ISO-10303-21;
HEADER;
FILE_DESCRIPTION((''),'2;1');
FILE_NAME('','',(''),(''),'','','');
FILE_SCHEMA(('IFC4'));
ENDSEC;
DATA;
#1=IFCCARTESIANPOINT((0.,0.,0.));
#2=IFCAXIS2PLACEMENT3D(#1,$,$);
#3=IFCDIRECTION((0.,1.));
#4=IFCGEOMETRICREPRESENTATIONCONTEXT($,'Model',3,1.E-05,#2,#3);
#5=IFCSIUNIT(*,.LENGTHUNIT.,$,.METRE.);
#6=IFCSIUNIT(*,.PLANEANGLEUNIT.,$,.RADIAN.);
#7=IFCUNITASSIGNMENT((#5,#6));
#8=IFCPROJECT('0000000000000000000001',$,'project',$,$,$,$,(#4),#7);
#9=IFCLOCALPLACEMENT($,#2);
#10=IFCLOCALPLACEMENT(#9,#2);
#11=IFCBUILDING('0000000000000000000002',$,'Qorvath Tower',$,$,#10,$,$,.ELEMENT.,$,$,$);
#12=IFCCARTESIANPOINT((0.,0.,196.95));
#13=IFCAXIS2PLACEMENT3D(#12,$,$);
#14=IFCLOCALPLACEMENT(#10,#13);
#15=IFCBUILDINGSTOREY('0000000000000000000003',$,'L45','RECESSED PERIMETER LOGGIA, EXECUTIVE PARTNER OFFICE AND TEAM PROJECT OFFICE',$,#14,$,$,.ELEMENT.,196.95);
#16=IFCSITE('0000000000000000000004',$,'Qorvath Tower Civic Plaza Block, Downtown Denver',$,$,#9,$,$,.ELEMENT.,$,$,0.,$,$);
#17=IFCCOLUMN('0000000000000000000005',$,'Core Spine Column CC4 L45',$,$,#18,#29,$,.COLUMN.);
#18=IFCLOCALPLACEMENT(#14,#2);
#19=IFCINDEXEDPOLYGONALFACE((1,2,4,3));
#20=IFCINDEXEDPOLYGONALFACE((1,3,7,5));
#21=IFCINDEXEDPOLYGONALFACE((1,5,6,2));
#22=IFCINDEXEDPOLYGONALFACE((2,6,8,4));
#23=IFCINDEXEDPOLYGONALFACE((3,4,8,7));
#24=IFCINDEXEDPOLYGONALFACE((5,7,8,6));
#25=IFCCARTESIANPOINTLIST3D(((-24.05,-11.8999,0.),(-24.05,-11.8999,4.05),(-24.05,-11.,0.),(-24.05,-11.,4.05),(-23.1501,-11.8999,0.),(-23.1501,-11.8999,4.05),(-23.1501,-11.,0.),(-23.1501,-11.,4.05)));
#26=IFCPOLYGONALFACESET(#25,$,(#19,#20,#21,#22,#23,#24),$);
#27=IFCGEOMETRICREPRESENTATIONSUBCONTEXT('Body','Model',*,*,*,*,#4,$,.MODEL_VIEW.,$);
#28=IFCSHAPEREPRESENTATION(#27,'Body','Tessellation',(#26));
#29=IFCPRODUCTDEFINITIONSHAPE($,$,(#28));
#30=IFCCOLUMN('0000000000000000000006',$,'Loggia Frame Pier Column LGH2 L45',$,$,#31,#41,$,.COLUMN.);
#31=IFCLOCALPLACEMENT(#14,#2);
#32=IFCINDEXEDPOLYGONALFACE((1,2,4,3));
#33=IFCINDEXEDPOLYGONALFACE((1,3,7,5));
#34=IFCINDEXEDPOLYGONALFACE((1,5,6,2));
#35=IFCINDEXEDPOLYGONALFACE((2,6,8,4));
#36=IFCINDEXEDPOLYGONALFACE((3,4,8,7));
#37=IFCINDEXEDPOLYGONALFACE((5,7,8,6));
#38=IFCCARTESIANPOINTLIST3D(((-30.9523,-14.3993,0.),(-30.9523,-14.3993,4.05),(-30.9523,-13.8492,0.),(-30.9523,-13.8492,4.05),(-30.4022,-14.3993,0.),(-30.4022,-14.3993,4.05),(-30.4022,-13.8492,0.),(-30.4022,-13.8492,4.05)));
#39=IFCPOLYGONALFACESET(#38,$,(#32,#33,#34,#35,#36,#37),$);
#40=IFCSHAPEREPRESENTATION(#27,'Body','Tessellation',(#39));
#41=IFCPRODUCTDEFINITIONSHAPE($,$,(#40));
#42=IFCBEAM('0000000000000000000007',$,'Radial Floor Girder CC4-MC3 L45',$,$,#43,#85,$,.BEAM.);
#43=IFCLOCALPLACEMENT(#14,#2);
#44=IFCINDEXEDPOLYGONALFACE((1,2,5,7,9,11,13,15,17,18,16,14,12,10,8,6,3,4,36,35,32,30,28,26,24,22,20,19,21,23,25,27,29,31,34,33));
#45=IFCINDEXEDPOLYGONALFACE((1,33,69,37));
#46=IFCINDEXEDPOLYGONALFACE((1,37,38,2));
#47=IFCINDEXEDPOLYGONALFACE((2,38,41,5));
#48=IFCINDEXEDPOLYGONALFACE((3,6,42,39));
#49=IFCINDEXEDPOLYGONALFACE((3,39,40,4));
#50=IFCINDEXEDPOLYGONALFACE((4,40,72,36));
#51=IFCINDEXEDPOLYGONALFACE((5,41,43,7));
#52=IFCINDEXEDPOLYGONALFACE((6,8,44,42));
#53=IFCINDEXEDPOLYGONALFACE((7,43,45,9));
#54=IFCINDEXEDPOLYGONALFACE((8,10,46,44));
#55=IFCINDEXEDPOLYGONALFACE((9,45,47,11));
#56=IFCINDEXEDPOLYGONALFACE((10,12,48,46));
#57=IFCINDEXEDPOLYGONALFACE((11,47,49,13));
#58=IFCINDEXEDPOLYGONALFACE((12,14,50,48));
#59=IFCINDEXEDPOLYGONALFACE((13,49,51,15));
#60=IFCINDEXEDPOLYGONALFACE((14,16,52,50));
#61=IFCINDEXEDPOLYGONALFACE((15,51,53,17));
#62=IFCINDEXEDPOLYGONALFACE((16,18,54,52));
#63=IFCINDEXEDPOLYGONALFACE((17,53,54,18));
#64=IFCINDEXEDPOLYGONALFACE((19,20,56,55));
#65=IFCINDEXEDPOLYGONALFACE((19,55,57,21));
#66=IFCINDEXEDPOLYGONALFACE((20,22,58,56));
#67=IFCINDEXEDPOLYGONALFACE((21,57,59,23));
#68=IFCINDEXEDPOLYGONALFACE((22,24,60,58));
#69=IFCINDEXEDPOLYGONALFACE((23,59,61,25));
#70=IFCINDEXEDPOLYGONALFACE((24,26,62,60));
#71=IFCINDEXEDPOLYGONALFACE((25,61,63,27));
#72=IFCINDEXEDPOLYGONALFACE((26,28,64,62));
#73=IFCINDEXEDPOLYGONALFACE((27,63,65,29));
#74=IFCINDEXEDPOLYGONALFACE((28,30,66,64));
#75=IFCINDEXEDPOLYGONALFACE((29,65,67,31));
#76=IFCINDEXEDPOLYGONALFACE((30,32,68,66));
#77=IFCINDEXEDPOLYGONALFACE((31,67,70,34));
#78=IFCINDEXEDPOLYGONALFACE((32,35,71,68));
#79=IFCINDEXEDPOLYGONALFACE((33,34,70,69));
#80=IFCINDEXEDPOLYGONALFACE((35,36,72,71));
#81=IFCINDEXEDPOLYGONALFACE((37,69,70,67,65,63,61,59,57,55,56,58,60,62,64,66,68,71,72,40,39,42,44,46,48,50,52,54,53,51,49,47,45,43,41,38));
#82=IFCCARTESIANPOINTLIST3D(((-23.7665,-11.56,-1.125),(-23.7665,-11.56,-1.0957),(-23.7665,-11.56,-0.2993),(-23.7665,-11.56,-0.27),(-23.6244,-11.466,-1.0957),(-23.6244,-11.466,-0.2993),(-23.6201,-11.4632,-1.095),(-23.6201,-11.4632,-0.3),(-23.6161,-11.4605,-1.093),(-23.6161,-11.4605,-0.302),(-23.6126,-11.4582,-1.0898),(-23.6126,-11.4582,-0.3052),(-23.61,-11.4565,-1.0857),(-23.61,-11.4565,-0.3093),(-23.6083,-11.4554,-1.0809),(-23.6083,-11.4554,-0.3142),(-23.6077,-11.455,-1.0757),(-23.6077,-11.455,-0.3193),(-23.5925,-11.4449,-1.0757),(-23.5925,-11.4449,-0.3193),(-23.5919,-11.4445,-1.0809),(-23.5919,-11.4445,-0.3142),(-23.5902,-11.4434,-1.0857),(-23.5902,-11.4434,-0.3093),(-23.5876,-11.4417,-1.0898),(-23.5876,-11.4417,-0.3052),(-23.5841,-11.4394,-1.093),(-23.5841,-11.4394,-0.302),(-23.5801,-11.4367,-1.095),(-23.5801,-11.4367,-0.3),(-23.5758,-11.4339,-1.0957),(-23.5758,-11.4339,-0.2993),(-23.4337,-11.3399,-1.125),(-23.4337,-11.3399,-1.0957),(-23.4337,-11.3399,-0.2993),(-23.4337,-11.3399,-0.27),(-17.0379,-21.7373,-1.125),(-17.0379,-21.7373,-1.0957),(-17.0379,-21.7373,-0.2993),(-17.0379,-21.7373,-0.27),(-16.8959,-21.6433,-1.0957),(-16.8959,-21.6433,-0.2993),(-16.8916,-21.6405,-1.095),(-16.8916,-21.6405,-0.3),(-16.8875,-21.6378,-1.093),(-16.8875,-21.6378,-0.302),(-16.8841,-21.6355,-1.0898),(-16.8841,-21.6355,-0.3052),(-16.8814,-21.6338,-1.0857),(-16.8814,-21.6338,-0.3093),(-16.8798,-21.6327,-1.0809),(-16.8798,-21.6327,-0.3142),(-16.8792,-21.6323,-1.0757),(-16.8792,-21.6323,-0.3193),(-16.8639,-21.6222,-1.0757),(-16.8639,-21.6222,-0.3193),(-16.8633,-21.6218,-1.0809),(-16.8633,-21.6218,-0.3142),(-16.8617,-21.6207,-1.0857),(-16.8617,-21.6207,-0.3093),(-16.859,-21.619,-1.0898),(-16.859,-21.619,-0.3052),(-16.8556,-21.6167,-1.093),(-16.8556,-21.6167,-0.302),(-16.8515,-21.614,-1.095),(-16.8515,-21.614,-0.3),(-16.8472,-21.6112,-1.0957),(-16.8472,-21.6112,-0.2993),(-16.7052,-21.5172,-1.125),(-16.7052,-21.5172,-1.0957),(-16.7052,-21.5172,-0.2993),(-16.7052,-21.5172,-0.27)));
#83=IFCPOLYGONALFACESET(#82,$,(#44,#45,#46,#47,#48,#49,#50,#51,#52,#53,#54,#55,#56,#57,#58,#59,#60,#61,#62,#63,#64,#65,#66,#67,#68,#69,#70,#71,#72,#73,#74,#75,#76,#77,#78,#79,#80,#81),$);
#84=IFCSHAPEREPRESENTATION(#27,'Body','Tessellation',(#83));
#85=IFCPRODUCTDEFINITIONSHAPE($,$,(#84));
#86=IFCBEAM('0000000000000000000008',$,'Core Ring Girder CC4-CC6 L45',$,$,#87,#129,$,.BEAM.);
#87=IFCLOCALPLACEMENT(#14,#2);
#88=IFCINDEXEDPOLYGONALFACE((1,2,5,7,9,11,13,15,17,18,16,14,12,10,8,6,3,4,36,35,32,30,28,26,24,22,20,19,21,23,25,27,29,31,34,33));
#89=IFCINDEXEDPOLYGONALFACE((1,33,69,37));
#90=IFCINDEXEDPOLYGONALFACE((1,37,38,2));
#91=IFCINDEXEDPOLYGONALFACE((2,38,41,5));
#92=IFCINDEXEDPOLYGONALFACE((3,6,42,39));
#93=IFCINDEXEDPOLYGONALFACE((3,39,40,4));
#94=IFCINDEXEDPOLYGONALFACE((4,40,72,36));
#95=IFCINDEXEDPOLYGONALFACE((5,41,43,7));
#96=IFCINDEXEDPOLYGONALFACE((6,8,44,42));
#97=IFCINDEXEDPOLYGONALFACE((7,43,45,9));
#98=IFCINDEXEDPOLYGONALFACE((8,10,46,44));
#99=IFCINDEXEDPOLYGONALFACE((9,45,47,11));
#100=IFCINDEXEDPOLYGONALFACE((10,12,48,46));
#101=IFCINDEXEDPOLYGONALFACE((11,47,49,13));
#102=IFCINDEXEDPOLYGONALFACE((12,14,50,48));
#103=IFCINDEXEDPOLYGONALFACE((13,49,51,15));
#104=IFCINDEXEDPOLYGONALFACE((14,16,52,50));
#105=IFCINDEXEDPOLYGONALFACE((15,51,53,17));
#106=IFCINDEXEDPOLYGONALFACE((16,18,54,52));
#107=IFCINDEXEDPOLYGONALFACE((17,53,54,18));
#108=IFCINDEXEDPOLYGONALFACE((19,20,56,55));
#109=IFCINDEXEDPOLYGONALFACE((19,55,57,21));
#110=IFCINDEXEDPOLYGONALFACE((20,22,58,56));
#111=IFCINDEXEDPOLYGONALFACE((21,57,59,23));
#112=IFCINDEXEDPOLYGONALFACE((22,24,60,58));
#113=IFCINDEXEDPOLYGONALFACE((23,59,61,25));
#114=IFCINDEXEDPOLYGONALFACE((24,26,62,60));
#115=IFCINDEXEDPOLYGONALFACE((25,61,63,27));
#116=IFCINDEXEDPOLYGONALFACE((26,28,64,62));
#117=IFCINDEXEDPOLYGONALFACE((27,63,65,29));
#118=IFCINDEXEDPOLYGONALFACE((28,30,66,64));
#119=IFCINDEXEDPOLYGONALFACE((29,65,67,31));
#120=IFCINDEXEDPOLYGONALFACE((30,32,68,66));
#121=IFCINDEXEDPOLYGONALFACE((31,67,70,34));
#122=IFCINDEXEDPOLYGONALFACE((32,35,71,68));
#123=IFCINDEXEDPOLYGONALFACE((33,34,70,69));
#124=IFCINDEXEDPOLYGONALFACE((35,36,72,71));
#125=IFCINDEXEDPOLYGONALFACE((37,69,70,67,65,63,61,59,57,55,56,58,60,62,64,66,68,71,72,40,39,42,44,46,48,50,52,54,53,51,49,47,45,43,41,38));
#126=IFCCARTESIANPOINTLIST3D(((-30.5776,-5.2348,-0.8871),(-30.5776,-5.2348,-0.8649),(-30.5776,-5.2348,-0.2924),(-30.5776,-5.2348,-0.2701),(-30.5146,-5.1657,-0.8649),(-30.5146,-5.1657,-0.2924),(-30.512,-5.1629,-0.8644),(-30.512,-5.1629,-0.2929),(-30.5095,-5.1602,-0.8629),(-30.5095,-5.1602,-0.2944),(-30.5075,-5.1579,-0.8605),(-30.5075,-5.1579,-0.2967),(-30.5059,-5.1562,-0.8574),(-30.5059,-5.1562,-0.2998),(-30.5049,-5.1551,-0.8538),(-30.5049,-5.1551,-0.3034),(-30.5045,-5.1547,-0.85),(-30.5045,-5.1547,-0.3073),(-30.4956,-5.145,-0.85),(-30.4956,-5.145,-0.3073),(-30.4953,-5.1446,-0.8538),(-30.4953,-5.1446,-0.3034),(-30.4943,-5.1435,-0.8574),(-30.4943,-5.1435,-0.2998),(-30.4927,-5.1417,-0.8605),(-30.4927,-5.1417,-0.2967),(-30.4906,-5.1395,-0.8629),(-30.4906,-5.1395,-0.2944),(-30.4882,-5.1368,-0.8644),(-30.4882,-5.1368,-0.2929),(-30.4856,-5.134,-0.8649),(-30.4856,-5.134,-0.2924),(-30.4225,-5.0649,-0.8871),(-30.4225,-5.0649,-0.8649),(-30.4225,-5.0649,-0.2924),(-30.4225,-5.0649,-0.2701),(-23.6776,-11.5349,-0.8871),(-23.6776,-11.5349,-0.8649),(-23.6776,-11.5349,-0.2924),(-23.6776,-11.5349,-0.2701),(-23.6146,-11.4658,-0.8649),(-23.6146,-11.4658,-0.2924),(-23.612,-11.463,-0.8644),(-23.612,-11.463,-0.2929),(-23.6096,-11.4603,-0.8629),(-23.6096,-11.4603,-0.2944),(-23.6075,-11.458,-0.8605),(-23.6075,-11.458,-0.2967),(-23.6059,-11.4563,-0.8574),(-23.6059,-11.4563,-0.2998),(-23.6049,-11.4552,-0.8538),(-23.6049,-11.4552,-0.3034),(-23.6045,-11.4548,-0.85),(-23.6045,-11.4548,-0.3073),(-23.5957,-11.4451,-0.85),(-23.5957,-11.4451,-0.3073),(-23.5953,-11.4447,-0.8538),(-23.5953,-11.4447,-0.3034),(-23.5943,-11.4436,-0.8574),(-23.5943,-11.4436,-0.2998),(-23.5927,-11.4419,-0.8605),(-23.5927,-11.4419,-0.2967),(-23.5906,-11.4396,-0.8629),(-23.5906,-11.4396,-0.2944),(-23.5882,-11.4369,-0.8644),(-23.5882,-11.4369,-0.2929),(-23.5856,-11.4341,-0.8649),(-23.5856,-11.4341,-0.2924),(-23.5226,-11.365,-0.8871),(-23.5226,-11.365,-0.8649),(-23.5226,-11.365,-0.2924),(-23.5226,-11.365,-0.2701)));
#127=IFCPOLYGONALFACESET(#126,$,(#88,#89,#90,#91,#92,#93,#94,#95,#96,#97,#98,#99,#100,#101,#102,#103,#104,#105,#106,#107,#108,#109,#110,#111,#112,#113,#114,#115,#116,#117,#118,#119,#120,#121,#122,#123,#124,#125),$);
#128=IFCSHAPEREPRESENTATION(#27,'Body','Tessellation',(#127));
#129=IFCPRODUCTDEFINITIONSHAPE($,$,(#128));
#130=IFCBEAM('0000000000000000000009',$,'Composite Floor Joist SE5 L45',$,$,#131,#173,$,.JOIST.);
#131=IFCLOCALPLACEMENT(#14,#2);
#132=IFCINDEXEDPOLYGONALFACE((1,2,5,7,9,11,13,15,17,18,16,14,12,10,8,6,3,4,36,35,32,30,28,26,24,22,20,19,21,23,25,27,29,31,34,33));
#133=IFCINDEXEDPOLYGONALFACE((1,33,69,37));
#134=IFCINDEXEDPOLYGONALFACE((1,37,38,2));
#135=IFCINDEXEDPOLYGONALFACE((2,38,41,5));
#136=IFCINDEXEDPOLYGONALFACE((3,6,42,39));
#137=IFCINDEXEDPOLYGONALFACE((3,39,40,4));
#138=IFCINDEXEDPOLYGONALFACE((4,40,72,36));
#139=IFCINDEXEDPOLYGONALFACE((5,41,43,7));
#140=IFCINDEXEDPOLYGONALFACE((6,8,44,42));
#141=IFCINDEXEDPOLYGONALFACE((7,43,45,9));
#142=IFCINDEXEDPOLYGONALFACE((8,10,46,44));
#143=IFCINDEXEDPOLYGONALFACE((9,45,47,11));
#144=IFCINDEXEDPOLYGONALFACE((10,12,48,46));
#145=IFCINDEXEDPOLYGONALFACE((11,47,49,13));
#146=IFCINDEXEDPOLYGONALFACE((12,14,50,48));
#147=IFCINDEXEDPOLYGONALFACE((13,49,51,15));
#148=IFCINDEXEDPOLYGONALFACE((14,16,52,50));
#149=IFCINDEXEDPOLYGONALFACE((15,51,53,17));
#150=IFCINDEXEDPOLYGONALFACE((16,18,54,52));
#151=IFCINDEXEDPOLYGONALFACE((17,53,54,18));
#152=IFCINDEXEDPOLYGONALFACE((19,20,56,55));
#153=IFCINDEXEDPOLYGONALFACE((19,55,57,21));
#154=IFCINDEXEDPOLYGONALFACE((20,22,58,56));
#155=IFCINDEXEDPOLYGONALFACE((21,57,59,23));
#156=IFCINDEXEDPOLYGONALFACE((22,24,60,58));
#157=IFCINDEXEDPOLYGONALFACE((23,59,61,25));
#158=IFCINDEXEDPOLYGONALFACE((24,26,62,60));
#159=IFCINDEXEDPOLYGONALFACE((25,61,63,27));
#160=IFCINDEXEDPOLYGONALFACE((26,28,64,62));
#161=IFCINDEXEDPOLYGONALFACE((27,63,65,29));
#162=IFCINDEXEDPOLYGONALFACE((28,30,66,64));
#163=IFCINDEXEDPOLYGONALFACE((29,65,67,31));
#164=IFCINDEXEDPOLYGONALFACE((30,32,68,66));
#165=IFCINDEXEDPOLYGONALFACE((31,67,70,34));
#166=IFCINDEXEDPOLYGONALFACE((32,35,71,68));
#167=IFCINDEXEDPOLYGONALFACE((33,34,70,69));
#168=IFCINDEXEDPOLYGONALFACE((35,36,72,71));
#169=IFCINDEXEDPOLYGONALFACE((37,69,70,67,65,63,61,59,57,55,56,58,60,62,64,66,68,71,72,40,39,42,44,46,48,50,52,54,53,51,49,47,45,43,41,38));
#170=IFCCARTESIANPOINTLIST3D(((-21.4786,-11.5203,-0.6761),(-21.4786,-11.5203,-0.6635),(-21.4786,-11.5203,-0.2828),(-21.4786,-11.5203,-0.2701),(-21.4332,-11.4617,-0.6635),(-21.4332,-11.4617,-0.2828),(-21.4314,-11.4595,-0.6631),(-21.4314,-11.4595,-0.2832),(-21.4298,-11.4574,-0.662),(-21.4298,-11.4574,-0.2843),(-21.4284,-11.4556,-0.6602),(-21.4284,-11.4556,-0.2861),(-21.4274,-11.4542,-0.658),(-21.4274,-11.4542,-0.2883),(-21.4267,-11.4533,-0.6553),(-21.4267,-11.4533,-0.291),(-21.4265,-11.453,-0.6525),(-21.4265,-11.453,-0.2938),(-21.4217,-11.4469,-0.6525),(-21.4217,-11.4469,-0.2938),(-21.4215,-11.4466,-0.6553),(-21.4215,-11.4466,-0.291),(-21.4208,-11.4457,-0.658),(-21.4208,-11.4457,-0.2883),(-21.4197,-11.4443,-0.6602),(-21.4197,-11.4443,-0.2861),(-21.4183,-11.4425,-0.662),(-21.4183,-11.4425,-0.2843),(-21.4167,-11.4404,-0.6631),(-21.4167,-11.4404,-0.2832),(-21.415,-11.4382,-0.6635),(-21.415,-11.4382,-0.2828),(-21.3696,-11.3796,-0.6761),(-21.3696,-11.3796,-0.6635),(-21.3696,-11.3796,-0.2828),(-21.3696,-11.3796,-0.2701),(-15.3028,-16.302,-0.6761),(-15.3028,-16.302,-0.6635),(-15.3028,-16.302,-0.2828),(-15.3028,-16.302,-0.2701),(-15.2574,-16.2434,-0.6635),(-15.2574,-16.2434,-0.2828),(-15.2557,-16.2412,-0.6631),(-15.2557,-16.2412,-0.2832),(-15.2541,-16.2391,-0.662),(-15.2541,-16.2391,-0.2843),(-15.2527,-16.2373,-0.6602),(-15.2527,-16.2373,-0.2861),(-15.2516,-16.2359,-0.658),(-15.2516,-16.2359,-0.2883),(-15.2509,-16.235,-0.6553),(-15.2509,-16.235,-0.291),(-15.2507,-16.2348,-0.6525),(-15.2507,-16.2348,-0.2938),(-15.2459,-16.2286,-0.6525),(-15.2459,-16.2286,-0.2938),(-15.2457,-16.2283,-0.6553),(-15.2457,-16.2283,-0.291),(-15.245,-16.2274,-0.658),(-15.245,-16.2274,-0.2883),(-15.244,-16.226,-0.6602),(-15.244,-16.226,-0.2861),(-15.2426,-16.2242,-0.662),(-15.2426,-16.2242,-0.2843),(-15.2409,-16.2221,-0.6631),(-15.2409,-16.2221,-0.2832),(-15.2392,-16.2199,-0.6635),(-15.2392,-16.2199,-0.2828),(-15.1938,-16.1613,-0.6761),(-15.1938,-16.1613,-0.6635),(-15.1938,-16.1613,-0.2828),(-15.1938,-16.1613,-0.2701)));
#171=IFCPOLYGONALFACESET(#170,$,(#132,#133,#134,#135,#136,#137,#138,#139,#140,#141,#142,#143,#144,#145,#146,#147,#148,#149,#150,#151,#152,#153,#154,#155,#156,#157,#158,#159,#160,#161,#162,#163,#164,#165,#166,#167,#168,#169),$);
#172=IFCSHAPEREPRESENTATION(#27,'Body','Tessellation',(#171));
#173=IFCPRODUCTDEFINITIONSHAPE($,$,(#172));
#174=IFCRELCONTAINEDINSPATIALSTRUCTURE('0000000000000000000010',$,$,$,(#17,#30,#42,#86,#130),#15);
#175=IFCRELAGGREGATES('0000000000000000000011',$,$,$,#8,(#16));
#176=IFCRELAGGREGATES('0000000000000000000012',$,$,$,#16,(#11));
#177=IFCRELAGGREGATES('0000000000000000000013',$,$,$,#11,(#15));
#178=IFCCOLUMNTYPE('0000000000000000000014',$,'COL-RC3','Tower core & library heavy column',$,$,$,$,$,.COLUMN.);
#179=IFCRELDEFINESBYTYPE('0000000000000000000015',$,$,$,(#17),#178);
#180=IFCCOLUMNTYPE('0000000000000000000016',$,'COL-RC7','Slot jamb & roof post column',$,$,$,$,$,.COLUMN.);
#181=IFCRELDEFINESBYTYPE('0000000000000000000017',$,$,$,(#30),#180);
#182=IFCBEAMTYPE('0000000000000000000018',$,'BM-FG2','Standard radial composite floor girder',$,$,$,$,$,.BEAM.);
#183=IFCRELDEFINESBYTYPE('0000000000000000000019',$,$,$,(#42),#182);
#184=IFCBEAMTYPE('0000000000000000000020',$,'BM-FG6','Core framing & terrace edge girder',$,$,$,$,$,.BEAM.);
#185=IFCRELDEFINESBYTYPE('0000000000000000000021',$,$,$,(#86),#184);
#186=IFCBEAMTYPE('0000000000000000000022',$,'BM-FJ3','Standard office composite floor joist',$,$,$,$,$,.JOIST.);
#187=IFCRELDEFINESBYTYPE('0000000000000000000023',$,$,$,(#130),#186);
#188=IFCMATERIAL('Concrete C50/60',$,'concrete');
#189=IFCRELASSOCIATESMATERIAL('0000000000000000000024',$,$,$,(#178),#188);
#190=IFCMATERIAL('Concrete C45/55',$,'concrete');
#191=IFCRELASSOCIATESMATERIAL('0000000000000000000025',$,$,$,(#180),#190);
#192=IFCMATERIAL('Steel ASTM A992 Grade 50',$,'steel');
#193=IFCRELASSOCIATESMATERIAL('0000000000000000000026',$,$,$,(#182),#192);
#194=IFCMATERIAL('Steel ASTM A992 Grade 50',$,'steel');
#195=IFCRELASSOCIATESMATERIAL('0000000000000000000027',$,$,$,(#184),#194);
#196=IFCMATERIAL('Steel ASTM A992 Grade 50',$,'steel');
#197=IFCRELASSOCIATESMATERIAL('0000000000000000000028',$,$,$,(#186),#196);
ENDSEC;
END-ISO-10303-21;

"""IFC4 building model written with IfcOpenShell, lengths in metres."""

from ifc_helpers import new_model, si_unit, direction, frame, origin, origin_2d, place, context, subcontext, project, spatial, rectangle, i_section, extrude, material, material_profile, profile_set, type_object, element, save


model = new_model("IFC4")

# Units and contexts
model_context = context("Model", 3, precision=1e-05, world=origin(), true_north=direction((0.0, 1.0)))
body_context = subcontext(model_context, "Body", "Model", "MODEL_VIEW")
ifc_project = project(units=[si_unit("LENGTHUNIT", "METRE"), si_unit("PLANEANGLEUNIT", "RADIAN")], contexts=[model_context])

# Site, building, storey
site_placement = place(None, origin())
site = spatial("IfcSite", under=ifc_project, at=site_placement, Name="Qorvath Tower Civic Plaza Block, Downtown Denver", CompositionType="ELEMENT", RefElevation=0.0)
building_placement = place(site_placement, origin())
building = spatial("IfcBuilding", under=site, at=building_placement, Name="Qorvath Tower", CompositionType="ELEMENT")
storey_placement = place(building_placement, frame((0.0, 0.0, 196.95)))
storey = spatial("IfcBuildingStorey", under=building, at=storey_placement, Name="L45", Description="RECESSED PERIMETER LOGGIA, EXECUTIVE PARTNER OFFICE AND TEAM PROJECT OFFICE", CompositionType="ELEMENT", Elevation=196.95)

# Columns
ifc_material_1 = material(Name="Concrete C50/60", Category="concrete")
ifc_material_profile_1 = material_profile(ifc_material_1, rectangle(XDim=0.8999, YDim=0.8999, at=origin_2d()), Name="RC 900x900")
ifc_profile_set_1 = profile_set([ifc_material_profile_1], Name="Concrete C50/60")
column_type_1 = type_object("IfcColumnType", Name="COL-RC3", Description="Tower core & library heavy column", PredefinedType="COLUMN", material=ifc_profile_set_1)
column_1_placement = place(storey_placement, frame((-23.6001, -11.45, 0.0), z_axis=(0.0, 0.0, 1.0), x_axis=(1.0, 0.0, 0.0)))
element("IfcColumn", 1, at=column_1_placement, inside=storey, type_object=column_type_1, Name="Core Spine Column CC4 L45", PredefinedType="COLUMN", context=body_context, shape_type="SweptSolid", body=[
    extrude(rectangle(XDim=0.8999, YDim=0.8999, at=origin_2d()), origin(), (0.0, 0.0, 1.0), 4.05),
])
ifc_material_2 = material(Name="Concrete C45/55", Category="concrete")
ifc_material_profile_2 = material_profile(ifc_material_2, rectangle(XDim=0.55, YDim=0.55, at=origin_2d()), Name="RC 550x550")
ifc_profile_set_2 = profile_set([ifc_material_profile_2], Name="Concrete C45/55")
column_type_2 = type_object("IfcColumnType", Name="COL-RC7", Description="Slot jamb & roof post column", PredefinedType="COLUMN", material=ifc_profile_set_2)
column_2_placement = place(storey_placement, frame((-30.6772, -14.1243, 0.0), z_axis=(0.0, 0.0, 1.0), x_axis=(1.0, 0.0, 0.0)))
element("IfcColumn", 2, at=column_2_placement, inside=storey, type_object=column_type_2, Name="Loggia Frame Pier Column LGH2 L45", PredefinedType="COLUMN", context=body_context, shape_type="SweptSolid", body=[
    extrude(rectangle(XDim=0.55, YDim=0.55, at=origin_2d()), origin(), (0.0, 0.0, 1.0), 4.05),
])

# Beams
ifc_material_3 = material(Name="Steel ASTM A992 Grade 50", Category="steel")
ifc_material_profile_3 = material_profile(ifc_material_3, i_section(OverallWidth=0.3989, OverallDepth=0.855, WebThickness=0.0183, FlangeThickness=0.0293, FilletRadius=0.02, at=origin_2d()), Name="W33x201")
ifc_profile_set_3 = profile_set([ifc_material_profile_3], Name="Steel ASTM A992 Grade 50")
beam_type_1 = type_object("IfcBeamType", Name="BM-FG2", Description="Standard radial composite floor girder", PredefinedType="BEAM", material=ifc_profile_set_3)
beam_1_placement = place(storey_placement, frame((-23.6001, -11.45, -0.6975), z_axis=(0.551501, -0.834175, 0.0), x_axis=(0.834175, 0.551501, 0.0)))
element("IfcBeam", 3, at=beam_1_placement, inside=storey, type_object=beam_type_1, Name="Radial Floor Girder CC4-MC3 L45", PredefinedType="BEAM", context=body_context, shape_type="SweptSolid", body=[
    extrude(i_section(OverallWidth=0.3989, OverallDepth=0.855, WebThickness=0.0183, FlangeThickness=0.0293, FilletRadius=0.02, at=origin_2d()), origin(), (0.0, 0.0, 1.0), 12.2004),
])
ifc_material_4 = material(Name="Steel ASTM A992 Grade 50", Category="steel")
ifc_material_profile_4 = material_profile(ifc_material_4, i_section(OverallWidth=0.23, OverallDepth=0.6169, WebThickness=0.0132, FlangeThickness=0.0222, FilletRadius=0.0149, at=origin_2d()), Name="W24x94")
ifc_profile_set_4 = profile_set([ifc_material_profile_4], Name="Steel ASTM A992 Grade 50")
beam_type_2 = type_object("IfcBeamType", Name="BM-FG6", Description="Core framing & terrace edge girder", PredefinedType="BEAM", material=ifc_profile_set_4)
beam_2_placement = place(storey_placement, frame((-23.6001, -11.45, -0.5786), z_axis=(-0.738478, 0.674277, 0.0), x_axis=(-0.674277, -0.738478, 0.0)))
element("IfcBeam", 4, at=beam_2_placement, inside=storey, type_object=beam_type_2, Name="Core Ring Girder CC4-CC6 L45", PredefinedType="BEAM", context=body_context, shape_type="SweptSolid", body=[
    extrude(i_section(OverallWidth=0.23, OverallDepth=0.6169, WebThickness=0.0132, FlangeThickness=0.0222, FilletRadius=0.0149, at=origin_2d()), origin(), (0.0, 0.0, 1.0), 9.3435),
])
ifc_material_5 = material(Name="Steel ASTM A992 Grade 50", Category="steel")
ifc_material_profile_5 = material_profile(ifc_material_5, i_section(OverallWidth=0.178, OverallDepth=0.406, WebThickness=0.0078, FlangeThickness=0.0127, FilletRadius=0.011, at=origin_2d()), Name="W16x40")
ifc_profile_set_5 = profile_set([ifc_material_profile_5], Name="Steel ASTM A992 Grade 50")
beam_type_3 = type_object("IfcBeamType", Name="BM-FJ3", Description="Standard office composite floor joist", PredefinedType="JOIST", material=ifc_profile_set_5)
beam_3_placement = place(storey_placement, frame((-21.4241, -11.45, -0.4731), z_axis=(0.790693, -0.612212, 0.0), x_axis=(0.612212, 0.790693, 0.0)))
element("IfcBeam", 5, at=beam_3_placement, inside=storey, type_object=beam_type_3, Name="Composite Floor Joist SE5 L45", PredefinedType="JOIST", context=body_context, shape_type="SweptSolid", body=[
    extrude(i_section(OverallWidth=0.178, OverallDepth=0.406, WebThickness=0.0078, FlangeThickness=0.0127, FilletRadius=0.011, at=origin_2d()), origin(), (0.0, 0.0, 1.0), 7.8105),
])

save(model, "model.ifc")
